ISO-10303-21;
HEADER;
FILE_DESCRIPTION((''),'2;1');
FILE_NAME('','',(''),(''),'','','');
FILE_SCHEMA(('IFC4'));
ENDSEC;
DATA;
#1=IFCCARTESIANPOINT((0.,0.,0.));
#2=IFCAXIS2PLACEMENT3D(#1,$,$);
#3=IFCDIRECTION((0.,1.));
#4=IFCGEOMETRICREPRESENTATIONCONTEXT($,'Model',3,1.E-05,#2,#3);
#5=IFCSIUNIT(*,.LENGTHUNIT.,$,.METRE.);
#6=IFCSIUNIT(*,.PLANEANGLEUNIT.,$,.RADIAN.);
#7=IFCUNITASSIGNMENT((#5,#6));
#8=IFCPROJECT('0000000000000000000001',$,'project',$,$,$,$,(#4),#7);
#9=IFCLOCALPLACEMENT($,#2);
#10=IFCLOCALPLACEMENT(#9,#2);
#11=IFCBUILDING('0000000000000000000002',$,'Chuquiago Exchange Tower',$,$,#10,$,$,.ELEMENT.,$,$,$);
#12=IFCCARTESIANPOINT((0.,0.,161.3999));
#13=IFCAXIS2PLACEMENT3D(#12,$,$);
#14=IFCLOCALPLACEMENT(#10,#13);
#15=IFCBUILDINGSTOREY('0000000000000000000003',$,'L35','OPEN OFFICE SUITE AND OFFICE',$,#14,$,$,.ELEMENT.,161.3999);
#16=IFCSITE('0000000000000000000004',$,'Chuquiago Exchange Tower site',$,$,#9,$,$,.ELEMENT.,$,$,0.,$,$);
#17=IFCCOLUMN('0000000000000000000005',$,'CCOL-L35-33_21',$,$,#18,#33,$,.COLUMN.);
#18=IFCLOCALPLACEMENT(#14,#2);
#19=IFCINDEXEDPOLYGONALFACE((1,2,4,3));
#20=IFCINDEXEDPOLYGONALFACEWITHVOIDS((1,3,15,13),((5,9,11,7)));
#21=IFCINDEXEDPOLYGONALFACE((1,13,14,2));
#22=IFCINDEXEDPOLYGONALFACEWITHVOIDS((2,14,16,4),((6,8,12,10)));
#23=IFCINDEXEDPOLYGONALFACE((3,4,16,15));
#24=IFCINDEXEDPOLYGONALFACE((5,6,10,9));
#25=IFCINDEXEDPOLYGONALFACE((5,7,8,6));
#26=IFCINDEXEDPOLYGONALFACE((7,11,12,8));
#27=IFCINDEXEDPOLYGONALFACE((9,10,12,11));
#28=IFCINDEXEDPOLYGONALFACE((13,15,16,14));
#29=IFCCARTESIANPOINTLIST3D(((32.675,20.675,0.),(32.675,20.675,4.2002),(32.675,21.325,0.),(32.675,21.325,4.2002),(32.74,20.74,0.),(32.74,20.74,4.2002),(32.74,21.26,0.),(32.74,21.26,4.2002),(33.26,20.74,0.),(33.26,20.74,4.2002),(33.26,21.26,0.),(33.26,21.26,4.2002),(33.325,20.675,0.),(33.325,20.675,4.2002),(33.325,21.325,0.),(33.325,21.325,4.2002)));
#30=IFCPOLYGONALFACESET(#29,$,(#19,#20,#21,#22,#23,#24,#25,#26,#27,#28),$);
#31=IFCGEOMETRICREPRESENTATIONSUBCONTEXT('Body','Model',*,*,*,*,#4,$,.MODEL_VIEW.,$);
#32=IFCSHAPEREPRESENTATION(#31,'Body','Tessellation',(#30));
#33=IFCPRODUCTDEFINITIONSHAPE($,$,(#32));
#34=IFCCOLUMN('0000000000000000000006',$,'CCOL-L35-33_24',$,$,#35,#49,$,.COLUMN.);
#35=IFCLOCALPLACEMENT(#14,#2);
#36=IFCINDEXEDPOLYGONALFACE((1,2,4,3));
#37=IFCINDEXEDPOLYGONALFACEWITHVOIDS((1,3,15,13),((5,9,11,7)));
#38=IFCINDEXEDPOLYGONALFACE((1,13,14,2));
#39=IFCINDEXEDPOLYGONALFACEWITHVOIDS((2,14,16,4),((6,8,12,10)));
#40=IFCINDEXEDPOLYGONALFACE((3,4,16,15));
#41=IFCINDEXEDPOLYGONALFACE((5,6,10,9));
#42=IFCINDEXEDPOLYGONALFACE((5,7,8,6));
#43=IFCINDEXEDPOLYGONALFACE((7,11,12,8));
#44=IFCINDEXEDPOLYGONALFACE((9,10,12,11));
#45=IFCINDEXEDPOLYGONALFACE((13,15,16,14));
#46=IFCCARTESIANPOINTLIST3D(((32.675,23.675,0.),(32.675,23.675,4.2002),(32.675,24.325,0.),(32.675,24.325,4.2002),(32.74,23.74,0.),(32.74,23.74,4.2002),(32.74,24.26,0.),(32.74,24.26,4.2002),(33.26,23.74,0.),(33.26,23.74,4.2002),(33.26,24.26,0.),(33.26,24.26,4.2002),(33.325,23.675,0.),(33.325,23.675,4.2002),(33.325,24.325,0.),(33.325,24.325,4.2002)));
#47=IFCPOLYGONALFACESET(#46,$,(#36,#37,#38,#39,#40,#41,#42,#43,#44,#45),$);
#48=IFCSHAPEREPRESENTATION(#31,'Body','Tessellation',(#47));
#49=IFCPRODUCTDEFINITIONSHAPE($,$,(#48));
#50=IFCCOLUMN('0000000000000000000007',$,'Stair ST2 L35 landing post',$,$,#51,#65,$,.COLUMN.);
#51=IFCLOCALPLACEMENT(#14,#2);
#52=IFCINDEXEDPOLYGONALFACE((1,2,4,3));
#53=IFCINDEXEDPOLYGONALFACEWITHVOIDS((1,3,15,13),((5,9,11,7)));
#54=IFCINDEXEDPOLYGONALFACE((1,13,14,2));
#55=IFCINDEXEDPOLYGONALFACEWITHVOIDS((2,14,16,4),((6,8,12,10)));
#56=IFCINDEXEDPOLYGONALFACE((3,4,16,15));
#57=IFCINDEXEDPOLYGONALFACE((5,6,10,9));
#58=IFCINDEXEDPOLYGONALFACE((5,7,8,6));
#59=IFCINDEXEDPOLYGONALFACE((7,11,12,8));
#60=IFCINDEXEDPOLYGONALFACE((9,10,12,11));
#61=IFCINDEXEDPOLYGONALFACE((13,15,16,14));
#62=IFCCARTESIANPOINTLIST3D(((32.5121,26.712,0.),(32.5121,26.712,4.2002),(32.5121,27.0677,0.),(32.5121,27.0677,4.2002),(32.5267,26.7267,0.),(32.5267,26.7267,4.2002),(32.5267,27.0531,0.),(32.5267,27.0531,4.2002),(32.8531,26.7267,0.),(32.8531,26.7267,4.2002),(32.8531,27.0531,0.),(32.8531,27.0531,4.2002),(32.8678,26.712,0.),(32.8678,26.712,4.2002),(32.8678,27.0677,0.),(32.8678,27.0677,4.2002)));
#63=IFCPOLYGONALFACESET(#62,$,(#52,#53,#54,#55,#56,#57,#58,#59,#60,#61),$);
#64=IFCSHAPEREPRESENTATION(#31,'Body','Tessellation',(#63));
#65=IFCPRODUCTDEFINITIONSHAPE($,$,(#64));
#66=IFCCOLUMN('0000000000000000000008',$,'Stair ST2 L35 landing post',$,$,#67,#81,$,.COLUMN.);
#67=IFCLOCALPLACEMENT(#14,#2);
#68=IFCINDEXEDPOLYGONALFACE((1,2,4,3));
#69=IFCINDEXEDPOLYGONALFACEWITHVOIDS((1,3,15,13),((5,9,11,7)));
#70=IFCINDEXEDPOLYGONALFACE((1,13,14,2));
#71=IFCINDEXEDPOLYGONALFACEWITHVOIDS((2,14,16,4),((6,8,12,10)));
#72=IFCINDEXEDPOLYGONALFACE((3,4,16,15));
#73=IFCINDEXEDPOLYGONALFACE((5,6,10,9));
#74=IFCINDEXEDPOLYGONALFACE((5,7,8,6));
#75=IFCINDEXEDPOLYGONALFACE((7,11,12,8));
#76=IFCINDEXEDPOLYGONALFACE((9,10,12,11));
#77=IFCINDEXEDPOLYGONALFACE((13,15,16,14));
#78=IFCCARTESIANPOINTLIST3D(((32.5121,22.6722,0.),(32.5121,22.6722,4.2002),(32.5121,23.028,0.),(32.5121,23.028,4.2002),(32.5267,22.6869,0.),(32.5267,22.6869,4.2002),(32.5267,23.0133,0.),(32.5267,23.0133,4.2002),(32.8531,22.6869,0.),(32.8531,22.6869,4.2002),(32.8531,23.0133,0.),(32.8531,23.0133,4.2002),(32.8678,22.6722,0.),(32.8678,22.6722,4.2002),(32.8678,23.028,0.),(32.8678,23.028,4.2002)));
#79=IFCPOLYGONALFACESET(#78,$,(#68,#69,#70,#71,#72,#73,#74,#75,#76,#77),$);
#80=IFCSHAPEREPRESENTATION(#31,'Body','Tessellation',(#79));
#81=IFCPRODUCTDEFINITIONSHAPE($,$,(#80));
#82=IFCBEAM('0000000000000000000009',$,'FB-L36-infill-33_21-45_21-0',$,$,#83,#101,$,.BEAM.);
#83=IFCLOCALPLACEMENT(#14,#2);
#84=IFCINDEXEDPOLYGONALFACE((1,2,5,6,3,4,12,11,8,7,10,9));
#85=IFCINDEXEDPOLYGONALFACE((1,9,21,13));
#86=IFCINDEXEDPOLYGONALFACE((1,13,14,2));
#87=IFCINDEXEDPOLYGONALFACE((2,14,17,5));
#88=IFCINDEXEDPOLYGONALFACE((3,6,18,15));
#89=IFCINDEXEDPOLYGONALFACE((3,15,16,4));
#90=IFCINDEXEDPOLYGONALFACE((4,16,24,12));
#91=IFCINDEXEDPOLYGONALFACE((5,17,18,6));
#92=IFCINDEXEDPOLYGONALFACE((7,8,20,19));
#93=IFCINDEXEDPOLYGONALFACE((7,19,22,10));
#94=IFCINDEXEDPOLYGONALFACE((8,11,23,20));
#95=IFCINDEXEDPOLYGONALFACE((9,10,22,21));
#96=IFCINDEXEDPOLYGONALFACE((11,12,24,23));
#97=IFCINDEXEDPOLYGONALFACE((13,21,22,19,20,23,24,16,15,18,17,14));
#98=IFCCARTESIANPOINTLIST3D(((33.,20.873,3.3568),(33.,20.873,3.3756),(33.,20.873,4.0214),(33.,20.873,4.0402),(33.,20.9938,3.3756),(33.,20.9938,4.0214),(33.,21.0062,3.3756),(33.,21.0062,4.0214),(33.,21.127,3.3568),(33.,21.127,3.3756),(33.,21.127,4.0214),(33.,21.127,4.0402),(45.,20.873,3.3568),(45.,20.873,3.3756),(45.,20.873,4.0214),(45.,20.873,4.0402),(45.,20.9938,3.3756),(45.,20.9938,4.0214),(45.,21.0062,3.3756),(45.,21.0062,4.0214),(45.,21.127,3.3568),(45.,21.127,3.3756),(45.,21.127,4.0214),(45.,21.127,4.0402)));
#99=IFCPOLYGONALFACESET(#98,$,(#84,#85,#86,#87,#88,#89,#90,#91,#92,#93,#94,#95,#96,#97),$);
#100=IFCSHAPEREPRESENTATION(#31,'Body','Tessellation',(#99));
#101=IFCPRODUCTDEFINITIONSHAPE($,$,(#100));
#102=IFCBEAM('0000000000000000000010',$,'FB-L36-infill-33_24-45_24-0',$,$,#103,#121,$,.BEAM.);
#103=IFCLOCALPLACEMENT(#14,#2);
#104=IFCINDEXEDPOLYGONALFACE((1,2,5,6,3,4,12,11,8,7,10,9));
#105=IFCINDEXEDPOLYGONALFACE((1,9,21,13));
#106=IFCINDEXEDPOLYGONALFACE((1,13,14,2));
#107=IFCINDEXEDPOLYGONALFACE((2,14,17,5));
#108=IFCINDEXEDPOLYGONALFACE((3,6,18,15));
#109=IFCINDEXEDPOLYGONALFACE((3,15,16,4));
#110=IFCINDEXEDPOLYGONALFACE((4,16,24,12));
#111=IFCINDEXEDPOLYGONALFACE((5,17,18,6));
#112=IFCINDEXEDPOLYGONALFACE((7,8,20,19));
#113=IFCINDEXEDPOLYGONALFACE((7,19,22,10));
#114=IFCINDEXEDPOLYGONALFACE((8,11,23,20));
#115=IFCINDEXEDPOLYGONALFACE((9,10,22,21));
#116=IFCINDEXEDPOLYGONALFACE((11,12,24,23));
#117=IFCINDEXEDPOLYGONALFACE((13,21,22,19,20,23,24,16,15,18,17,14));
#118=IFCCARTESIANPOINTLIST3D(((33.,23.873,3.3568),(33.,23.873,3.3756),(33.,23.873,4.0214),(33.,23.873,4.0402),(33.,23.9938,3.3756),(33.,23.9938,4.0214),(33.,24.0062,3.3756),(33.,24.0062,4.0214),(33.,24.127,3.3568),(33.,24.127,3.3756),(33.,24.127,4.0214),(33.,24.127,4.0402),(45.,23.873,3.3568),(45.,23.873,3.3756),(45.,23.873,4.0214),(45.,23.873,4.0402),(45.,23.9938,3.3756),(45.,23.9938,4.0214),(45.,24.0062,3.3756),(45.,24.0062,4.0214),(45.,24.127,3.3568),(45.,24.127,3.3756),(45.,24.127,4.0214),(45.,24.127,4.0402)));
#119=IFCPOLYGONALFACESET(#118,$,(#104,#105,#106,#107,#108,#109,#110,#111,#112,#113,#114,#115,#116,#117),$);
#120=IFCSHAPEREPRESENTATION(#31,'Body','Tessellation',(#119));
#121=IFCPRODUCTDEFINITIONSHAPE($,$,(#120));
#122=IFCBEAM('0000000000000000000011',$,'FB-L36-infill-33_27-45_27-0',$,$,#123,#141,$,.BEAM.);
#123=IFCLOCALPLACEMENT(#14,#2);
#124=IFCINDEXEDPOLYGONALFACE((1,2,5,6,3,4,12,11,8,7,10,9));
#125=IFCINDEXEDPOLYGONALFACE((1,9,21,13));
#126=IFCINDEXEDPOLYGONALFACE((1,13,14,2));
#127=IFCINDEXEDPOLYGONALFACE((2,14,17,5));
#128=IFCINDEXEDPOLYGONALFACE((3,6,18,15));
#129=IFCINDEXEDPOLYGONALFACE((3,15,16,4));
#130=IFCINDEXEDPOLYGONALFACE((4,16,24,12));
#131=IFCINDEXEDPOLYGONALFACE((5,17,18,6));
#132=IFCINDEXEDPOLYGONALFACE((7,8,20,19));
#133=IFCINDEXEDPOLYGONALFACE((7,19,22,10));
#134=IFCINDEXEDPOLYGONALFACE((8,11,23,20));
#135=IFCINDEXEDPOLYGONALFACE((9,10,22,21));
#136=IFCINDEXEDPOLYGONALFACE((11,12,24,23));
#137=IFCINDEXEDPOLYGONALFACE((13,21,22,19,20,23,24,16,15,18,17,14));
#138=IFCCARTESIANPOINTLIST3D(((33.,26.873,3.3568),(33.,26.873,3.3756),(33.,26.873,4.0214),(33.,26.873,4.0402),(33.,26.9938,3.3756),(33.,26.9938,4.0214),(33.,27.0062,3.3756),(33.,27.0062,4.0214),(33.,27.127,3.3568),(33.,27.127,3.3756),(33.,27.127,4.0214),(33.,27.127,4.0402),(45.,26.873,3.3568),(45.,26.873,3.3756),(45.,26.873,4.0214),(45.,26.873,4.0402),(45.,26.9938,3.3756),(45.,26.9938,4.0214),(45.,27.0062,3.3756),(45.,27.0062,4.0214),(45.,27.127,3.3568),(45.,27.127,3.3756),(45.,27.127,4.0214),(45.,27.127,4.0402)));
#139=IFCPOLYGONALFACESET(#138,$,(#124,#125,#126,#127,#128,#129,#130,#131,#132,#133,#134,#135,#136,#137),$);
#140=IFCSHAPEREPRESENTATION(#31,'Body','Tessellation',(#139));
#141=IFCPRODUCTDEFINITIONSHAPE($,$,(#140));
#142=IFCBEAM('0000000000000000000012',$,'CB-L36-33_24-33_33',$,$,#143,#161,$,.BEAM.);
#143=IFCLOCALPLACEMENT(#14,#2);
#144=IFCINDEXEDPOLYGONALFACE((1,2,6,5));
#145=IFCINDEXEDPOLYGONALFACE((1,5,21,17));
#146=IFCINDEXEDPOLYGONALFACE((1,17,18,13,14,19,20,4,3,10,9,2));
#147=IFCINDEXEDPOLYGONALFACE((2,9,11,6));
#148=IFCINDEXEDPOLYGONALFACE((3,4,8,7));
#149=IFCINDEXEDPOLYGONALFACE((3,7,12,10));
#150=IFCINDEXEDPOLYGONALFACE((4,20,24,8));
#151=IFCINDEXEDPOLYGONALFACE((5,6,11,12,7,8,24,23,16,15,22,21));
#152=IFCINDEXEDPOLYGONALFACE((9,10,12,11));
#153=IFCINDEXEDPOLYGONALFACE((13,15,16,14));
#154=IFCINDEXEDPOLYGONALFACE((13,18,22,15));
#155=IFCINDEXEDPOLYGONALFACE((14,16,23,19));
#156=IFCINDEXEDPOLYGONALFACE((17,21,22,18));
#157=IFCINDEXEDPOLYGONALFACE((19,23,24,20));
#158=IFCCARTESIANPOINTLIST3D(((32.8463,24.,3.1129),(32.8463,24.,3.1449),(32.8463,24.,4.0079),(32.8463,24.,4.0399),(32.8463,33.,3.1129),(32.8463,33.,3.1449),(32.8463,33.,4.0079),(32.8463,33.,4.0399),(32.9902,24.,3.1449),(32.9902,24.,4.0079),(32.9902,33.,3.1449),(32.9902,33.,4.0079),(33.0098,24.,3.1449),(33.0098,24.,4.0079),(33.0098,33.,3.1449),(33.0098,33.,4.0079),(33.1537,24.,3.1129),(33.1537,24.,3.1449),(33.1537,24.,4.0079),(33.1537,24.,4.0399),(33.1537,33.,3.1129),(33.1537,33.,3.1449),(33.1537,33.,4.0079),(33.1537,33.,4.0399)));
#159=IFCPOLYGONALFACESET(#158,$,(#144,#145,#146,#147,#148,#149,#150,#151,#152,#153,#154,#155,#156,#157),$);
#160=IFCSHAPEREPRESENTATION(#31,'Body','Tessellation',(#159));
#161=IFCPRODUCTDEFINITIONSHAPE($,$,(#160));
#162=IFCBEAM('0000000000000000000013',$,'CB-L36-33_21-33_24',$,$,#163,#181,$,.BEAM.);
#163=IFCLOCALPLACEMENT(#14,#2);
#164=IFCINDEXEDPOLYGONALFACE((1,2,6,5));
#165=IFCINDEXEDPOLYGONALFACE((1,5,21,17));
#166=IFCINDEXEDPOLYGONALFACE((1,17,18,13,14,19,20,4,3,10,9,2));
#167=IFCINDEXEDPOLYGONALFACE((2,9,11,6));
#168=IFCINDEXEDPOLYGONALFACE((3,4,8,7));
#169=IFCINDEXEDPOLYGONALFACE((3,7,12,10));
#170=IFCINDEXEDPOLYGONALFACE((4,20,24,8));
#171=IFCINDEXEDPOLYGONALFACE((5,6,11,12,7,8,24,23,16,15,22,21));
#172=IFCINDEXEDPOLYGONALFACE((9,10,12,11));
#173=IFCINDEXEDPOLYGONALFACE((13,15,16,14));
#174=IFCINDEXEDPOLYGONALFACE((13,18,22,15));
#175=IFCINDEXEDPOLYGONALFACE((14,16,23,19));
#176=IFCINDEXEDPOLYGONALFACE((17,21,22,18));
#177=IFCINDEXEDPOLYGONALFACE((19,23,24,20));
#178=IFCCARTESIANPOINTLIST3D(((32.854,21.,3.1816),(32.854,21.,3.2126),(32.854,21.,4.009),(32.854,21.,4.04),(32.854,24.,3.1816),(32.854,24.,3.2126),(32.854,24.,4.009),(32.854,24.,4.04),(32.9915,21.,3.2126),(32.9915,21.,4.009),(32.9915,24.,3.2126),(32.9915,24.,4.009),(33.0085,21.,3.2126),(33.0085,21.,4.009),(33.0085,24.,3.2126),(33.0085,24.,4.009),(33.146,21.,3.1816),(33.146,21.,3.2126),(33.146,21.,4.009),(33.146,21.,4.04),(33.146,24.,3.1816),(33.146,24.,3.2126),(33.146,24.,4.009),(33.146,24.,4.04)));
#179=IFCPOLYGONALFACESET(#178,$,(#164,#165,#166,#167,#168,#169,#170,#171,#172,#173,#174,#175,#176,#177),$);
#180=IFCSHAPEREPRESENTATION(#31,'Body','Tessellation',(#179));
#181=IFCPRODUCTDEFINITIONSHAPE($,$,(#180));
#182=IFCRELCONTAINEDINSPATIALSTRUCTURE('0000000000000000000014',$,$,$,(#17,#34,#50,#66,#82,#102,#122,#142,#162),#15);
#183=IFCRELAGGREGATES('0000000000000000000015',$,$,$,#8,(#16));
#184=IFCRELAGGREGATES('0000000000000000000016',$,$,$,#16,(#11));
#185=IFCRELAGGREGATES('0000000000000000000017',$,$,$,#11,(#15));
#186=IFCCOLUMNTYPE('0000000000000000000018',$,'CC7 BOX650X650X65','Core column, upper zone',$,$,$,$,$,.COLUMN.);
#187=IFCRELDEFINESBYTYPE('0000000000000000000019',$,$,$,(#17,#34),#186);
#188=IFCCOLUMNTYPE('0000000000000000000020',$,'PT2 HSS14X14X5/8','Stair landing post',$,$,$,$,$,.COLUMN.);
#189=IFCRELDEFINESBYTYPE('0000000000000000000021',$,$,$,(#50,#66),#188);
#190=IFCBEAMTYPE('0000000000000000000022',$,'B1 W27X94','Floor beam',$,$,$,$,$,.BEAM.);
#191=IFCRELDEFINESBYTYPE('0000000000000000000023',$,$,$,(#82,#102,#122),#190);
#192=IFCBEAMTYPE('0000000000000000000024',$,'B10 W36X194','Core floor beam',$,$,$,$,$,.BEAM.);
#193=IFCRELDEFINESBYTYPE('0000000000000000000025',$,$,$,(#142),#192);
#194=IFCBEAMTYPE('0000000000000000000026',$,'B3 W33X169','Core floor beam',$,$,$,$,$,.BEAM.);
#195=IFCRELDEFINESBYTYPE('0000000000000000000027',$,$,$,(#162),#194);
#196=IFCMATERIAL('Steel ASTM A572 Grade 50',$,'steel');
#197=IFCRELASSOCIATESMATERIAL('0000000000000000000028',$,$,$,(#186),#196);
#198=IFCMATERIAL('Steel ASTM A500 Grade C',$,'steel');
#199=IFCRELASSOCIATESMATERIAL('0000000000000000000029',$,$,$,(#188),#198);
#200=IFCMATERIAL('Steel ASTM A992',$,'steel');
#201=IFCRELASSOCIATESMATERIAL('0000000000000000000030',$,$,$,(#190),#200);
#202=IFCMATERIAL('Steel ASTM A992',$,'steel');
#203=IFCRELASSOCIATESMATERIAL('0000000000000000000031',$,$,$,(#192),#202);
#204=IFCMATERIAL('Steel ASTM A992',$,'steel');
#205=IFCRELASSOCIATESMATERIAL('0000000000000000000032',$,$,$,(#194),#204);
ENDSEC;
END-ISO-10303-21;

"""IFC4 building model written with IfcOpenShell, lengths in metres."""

from ifc_helpers import new_model, si_unit, direction, frame, origin, origin_2d, place, context, subcontext, project, spatial, hollow_rectangle, i_section, extrude, material, material_profile, profile_set, type_object, element, save


model = new_model("IFC4")

# Units and contexts
model_context = context("Model", 3, precision=1e-05, world=origin(), true_north=direction((0.0, 1.0)))
body_context = subcontext(model_context, "Body", "Model", "MODEL_VIEW")
ifc_project = project(units=[si_unit("LENGTHUNIT", "METRE"), si_unit("PLANEANGLEUNIT", "RADIAN")], contexts=[model_context])

# Site, building, storey
site_placement = place(None, origin())
site = spatial("IfcSite", under=ifc_project, at=site_placement, Name="Chuquiago Exchange Tower site", CompositionType="ELEMENT", RefElevation=0.0)
building_placement = place(site_placement, origin())
building = spatial("IfcBuilding", under=site, at=building_placement, Name="Chuquiago Exchange Tower", CompositionType="ELEMENT")
storey_placement = place(building_placement, frame((0.0, 0.0, 161.3999)))
storey = spatial("IfcBuildingStorey", under=building, at=storey_placement, Name="L35", Description="OPEN OFFICE SUITE AND OFFICE", CompositionType="ELEMENT", Elevation=161.3999)

# Columns
ifc_material_1 = material(Name="Steel ASTM A572 Grade 50", Category="steel")
ifc_material_profile_1 = material_profile(ifc_material_1, hollow_rectangle(XDim=0.6499, YDim=0.6499, WallThickness=0.0649, at=origin_2d()), Name="BOX650X650X65")
ifc_profile_set_1 = profile_set([ifc_material_profile_1], Name="Steel ASTM A572 Grade 50")
column_type_1 = type_object("IfcColumnType", Name="CC7 BOX650X650X65", Description="Core column, upper zone", PredefinedType="COLUMN", material=ifc_profile_set_1)
for number, where, z_axis, x_axis, name in (
    (1, (33.0, 21.0, 0.0), (0.0, 0.0, 1.0), (1.0, 0.0, 0.0), "CCOL-L35-33_21"),
    (2, (33.0, 24.0, 0.0), (0.0, 0.0, 1.0), (1.0, 0.0, 0.0), "CCOL-L35-33_24"),
):
    element("IfcColumn", number, at=place(storey_placement, frame(where, z_axis=z_axis, x_axis=x_axis)), inside=storey, type_object=column_type_1, Name=name, PredefinedType="COLUMN", context=body_context, shape_type="SweptSolid", body=[
        extrude(hollow_rectangle(XDim=0.6499, YDim=0.6499, WallThickness=0.0649, at=origin_2d()), origin(), (0.0, 0.0, 1.0), 4.2002),
    ])
ifc_material_2 = material(Name="Steel ASTM A500 Grade C", Category="steel")
ifc_material_profile_2 = material_profile(ifc_material_2, hollow_rectangle(XDim=0.3557, YDim=0.3557, WallThickness=0.0146, at=origin_2d()), Name="HSS14X14X5/8")
ifc_profile_set_2 = profile_set([ifc_material_profile_2], Name="Steel ASTM A500 Grade C")
column_type_2 = type_object("IfcColumnType", Name="PT2 HSS14X14X5/8", Description="Stair landing post", PredefinedType="COLUMN", material=ifc_profile_set_2)
for number, where, z_axis, x_axis, name in (
    (3, (32.6899, 26.8899, 0.0), (0.0, 0.0, 1.0), (1.0, 0.0, 0.0), "Stair ST2 L35 landing post"),
    (4, (32.6899, 22.8501, 0.0), (0.0, 0.0, 1.0), (1.0, 0.0, 0.0), "Stair ST2 L35 landing post"),
):
    element("IfcColumn", number, at=place(storey_placement, frame(where, z_axis=z_axis, x_axis=x_axis)), inside=storey, type_object=column_type_2, Name=name, PredefinedType="COLUMN", context=body_context, shape_type="SweptSolid", body=[
        extrude(hollow_rectangle(XDim=0.3557, YDim=0.3557, WallThickness=0.0146, at=origin_2d()), origin(), (0.0, 0.0, 1.0), 4.2002),
    ])

# Beams
ifc_material_3 = material(Name="Steel ASTM A992", Category="steel")
ifc_material_profile_3 = material_profile(ifc_material_3, i_section(OverallWidth=0.2539, OverallDepth=0.6833, WebThickness=0.0125, FlangeThickness=0.0188, at=origin_2d()), Name="W27X94")
ifc_profile_set_3 = profile_set([ifc_material_profile_3], Name="Steel ASTM A992")
beam_type_1 = type_object("IfcBeamType", Name="B1 W27X94", Description="Floor beam", PredefinedType="BEAM", material=ifc_profile_set_3)
for number, where, z_axis, x_axis, name in (
    (5, (33.0, 21.0, 3.6985), (1.0, 0.0, 0.0), (0.0, 1.0, 0.0), "FB-L36-infill-33_21-45_21-0"),
    (6, (33.0, 24.0, 3.6985), (1.0, 0.0, 0.0), (0.0, 1.0, 0.0), "FB-L36-infill-33_24-45_24-0"),
    (7, (33.0, 27.0, 3.6985), (1.0, 0.0, 0.0), (0.0, 1.0, 0.0), "FB-L36-infill-33_27-45_27-0"),
):
    element("IfcBeam", number, at=place(storey_placement, frame(where, z_axis=z_axis, x_axis=x_axis)), inside=storey, type_object=beam_type_1, Name=name, PredefinedType="BEAM", context=body_context, shape_type="SweptSolid", body=[
        extrude(i_section(OverallWidth=0.2539, OverallDepth=0.6833, WebThickness=0.0125, FlangeThickness=0.0188, at=origin_2d()), origin(), (0.0, 0.0, 1.0), 12.0),
    ])
ifc_material_4 = material(Name="Steel ASTM A992", Category="steel")
ifc_material_profile_4 = material_profile(ifc_material_4, i_section(OverallWidth=0.3074, OverallDepth=0.927, WebThickness=0.0195, FlangeThickness=0.032, at=origin_2d()), Name="W36X194")
ifc_profile_set_4 = profile_set([ifc_material_profile_4], Name="Steel ASTM A992")
beam_type_2 = type_object("IfcBeamType", Name="B10 W36X194", Description="Core floor beam", PredefinedType="BEAM", material=ifc_profile_set_4)
beam_1_placement = place(storey_placement, frame((33.0, 24.0, 3.5764), z_axis=(0.0, 1.0, 0.0), x_axis=(-1.0, 0.0, 0.0)))
element("IfcBeam", 8, at=beam_1_placement, inside=storey, type_object=beam_type_2, Name="CB-L36-33_24-33_33", PredefinedType="BEAM", context=body_context, shape_type="SweptSolid", body=[
    extrude(i_section(OverallWidth=0.3074, OverallDepth=0.927, WebThickness=0.0195, FlangeThickness=0.032, at=origin_2d()), origin(), (0.0, 0.0, 1.0), 9.0),
])
ifc_material_5 = material(Name="Steel ASTM A992", Category="steel")
ifc_material_profile_5 = material_profile(ifc_material_5, i_section(OverallWidth=0.292, OverallDepth=0.8584, WebThickness=0.0171, FlangeThickness=0.031, at=origin_2d()), Name="W33X169")
ifc_profile_set_5 = profile_set([ifc_material_profile_5], Name="Steel ASTM A992")
beam_type_3 = type_object("IfcBeamType", Name="B3 W33X169", Description="Core floor beam", PredefinedType="BEAM", material=ifc_profile_set_5)
beam_2_placement = place(storey_placement, frame((33.0, 21.0, 3.6108), z_axis=(0.0, 1.0, 0.0), x_axis=(-1.0, 0.0, 0.0)))
element("IfcBeam", 9, at=beam_2_placement, inside=storey, type_object=beam_type_3, Name="CB-L36-33_21-33_24", PredefinedType="BEAM", context=body_context, shape_type="SweptSolid", body=[
    extrude(i_section(OverallWidth=0.292, OverallDepth=0.8584, WebThickness=0.0171, FlangeThickness=0.031, at=origin_2d()), origin(), (0.0, 0.0, 1.0), 3.0),
])

save(model, "model.ifc")
